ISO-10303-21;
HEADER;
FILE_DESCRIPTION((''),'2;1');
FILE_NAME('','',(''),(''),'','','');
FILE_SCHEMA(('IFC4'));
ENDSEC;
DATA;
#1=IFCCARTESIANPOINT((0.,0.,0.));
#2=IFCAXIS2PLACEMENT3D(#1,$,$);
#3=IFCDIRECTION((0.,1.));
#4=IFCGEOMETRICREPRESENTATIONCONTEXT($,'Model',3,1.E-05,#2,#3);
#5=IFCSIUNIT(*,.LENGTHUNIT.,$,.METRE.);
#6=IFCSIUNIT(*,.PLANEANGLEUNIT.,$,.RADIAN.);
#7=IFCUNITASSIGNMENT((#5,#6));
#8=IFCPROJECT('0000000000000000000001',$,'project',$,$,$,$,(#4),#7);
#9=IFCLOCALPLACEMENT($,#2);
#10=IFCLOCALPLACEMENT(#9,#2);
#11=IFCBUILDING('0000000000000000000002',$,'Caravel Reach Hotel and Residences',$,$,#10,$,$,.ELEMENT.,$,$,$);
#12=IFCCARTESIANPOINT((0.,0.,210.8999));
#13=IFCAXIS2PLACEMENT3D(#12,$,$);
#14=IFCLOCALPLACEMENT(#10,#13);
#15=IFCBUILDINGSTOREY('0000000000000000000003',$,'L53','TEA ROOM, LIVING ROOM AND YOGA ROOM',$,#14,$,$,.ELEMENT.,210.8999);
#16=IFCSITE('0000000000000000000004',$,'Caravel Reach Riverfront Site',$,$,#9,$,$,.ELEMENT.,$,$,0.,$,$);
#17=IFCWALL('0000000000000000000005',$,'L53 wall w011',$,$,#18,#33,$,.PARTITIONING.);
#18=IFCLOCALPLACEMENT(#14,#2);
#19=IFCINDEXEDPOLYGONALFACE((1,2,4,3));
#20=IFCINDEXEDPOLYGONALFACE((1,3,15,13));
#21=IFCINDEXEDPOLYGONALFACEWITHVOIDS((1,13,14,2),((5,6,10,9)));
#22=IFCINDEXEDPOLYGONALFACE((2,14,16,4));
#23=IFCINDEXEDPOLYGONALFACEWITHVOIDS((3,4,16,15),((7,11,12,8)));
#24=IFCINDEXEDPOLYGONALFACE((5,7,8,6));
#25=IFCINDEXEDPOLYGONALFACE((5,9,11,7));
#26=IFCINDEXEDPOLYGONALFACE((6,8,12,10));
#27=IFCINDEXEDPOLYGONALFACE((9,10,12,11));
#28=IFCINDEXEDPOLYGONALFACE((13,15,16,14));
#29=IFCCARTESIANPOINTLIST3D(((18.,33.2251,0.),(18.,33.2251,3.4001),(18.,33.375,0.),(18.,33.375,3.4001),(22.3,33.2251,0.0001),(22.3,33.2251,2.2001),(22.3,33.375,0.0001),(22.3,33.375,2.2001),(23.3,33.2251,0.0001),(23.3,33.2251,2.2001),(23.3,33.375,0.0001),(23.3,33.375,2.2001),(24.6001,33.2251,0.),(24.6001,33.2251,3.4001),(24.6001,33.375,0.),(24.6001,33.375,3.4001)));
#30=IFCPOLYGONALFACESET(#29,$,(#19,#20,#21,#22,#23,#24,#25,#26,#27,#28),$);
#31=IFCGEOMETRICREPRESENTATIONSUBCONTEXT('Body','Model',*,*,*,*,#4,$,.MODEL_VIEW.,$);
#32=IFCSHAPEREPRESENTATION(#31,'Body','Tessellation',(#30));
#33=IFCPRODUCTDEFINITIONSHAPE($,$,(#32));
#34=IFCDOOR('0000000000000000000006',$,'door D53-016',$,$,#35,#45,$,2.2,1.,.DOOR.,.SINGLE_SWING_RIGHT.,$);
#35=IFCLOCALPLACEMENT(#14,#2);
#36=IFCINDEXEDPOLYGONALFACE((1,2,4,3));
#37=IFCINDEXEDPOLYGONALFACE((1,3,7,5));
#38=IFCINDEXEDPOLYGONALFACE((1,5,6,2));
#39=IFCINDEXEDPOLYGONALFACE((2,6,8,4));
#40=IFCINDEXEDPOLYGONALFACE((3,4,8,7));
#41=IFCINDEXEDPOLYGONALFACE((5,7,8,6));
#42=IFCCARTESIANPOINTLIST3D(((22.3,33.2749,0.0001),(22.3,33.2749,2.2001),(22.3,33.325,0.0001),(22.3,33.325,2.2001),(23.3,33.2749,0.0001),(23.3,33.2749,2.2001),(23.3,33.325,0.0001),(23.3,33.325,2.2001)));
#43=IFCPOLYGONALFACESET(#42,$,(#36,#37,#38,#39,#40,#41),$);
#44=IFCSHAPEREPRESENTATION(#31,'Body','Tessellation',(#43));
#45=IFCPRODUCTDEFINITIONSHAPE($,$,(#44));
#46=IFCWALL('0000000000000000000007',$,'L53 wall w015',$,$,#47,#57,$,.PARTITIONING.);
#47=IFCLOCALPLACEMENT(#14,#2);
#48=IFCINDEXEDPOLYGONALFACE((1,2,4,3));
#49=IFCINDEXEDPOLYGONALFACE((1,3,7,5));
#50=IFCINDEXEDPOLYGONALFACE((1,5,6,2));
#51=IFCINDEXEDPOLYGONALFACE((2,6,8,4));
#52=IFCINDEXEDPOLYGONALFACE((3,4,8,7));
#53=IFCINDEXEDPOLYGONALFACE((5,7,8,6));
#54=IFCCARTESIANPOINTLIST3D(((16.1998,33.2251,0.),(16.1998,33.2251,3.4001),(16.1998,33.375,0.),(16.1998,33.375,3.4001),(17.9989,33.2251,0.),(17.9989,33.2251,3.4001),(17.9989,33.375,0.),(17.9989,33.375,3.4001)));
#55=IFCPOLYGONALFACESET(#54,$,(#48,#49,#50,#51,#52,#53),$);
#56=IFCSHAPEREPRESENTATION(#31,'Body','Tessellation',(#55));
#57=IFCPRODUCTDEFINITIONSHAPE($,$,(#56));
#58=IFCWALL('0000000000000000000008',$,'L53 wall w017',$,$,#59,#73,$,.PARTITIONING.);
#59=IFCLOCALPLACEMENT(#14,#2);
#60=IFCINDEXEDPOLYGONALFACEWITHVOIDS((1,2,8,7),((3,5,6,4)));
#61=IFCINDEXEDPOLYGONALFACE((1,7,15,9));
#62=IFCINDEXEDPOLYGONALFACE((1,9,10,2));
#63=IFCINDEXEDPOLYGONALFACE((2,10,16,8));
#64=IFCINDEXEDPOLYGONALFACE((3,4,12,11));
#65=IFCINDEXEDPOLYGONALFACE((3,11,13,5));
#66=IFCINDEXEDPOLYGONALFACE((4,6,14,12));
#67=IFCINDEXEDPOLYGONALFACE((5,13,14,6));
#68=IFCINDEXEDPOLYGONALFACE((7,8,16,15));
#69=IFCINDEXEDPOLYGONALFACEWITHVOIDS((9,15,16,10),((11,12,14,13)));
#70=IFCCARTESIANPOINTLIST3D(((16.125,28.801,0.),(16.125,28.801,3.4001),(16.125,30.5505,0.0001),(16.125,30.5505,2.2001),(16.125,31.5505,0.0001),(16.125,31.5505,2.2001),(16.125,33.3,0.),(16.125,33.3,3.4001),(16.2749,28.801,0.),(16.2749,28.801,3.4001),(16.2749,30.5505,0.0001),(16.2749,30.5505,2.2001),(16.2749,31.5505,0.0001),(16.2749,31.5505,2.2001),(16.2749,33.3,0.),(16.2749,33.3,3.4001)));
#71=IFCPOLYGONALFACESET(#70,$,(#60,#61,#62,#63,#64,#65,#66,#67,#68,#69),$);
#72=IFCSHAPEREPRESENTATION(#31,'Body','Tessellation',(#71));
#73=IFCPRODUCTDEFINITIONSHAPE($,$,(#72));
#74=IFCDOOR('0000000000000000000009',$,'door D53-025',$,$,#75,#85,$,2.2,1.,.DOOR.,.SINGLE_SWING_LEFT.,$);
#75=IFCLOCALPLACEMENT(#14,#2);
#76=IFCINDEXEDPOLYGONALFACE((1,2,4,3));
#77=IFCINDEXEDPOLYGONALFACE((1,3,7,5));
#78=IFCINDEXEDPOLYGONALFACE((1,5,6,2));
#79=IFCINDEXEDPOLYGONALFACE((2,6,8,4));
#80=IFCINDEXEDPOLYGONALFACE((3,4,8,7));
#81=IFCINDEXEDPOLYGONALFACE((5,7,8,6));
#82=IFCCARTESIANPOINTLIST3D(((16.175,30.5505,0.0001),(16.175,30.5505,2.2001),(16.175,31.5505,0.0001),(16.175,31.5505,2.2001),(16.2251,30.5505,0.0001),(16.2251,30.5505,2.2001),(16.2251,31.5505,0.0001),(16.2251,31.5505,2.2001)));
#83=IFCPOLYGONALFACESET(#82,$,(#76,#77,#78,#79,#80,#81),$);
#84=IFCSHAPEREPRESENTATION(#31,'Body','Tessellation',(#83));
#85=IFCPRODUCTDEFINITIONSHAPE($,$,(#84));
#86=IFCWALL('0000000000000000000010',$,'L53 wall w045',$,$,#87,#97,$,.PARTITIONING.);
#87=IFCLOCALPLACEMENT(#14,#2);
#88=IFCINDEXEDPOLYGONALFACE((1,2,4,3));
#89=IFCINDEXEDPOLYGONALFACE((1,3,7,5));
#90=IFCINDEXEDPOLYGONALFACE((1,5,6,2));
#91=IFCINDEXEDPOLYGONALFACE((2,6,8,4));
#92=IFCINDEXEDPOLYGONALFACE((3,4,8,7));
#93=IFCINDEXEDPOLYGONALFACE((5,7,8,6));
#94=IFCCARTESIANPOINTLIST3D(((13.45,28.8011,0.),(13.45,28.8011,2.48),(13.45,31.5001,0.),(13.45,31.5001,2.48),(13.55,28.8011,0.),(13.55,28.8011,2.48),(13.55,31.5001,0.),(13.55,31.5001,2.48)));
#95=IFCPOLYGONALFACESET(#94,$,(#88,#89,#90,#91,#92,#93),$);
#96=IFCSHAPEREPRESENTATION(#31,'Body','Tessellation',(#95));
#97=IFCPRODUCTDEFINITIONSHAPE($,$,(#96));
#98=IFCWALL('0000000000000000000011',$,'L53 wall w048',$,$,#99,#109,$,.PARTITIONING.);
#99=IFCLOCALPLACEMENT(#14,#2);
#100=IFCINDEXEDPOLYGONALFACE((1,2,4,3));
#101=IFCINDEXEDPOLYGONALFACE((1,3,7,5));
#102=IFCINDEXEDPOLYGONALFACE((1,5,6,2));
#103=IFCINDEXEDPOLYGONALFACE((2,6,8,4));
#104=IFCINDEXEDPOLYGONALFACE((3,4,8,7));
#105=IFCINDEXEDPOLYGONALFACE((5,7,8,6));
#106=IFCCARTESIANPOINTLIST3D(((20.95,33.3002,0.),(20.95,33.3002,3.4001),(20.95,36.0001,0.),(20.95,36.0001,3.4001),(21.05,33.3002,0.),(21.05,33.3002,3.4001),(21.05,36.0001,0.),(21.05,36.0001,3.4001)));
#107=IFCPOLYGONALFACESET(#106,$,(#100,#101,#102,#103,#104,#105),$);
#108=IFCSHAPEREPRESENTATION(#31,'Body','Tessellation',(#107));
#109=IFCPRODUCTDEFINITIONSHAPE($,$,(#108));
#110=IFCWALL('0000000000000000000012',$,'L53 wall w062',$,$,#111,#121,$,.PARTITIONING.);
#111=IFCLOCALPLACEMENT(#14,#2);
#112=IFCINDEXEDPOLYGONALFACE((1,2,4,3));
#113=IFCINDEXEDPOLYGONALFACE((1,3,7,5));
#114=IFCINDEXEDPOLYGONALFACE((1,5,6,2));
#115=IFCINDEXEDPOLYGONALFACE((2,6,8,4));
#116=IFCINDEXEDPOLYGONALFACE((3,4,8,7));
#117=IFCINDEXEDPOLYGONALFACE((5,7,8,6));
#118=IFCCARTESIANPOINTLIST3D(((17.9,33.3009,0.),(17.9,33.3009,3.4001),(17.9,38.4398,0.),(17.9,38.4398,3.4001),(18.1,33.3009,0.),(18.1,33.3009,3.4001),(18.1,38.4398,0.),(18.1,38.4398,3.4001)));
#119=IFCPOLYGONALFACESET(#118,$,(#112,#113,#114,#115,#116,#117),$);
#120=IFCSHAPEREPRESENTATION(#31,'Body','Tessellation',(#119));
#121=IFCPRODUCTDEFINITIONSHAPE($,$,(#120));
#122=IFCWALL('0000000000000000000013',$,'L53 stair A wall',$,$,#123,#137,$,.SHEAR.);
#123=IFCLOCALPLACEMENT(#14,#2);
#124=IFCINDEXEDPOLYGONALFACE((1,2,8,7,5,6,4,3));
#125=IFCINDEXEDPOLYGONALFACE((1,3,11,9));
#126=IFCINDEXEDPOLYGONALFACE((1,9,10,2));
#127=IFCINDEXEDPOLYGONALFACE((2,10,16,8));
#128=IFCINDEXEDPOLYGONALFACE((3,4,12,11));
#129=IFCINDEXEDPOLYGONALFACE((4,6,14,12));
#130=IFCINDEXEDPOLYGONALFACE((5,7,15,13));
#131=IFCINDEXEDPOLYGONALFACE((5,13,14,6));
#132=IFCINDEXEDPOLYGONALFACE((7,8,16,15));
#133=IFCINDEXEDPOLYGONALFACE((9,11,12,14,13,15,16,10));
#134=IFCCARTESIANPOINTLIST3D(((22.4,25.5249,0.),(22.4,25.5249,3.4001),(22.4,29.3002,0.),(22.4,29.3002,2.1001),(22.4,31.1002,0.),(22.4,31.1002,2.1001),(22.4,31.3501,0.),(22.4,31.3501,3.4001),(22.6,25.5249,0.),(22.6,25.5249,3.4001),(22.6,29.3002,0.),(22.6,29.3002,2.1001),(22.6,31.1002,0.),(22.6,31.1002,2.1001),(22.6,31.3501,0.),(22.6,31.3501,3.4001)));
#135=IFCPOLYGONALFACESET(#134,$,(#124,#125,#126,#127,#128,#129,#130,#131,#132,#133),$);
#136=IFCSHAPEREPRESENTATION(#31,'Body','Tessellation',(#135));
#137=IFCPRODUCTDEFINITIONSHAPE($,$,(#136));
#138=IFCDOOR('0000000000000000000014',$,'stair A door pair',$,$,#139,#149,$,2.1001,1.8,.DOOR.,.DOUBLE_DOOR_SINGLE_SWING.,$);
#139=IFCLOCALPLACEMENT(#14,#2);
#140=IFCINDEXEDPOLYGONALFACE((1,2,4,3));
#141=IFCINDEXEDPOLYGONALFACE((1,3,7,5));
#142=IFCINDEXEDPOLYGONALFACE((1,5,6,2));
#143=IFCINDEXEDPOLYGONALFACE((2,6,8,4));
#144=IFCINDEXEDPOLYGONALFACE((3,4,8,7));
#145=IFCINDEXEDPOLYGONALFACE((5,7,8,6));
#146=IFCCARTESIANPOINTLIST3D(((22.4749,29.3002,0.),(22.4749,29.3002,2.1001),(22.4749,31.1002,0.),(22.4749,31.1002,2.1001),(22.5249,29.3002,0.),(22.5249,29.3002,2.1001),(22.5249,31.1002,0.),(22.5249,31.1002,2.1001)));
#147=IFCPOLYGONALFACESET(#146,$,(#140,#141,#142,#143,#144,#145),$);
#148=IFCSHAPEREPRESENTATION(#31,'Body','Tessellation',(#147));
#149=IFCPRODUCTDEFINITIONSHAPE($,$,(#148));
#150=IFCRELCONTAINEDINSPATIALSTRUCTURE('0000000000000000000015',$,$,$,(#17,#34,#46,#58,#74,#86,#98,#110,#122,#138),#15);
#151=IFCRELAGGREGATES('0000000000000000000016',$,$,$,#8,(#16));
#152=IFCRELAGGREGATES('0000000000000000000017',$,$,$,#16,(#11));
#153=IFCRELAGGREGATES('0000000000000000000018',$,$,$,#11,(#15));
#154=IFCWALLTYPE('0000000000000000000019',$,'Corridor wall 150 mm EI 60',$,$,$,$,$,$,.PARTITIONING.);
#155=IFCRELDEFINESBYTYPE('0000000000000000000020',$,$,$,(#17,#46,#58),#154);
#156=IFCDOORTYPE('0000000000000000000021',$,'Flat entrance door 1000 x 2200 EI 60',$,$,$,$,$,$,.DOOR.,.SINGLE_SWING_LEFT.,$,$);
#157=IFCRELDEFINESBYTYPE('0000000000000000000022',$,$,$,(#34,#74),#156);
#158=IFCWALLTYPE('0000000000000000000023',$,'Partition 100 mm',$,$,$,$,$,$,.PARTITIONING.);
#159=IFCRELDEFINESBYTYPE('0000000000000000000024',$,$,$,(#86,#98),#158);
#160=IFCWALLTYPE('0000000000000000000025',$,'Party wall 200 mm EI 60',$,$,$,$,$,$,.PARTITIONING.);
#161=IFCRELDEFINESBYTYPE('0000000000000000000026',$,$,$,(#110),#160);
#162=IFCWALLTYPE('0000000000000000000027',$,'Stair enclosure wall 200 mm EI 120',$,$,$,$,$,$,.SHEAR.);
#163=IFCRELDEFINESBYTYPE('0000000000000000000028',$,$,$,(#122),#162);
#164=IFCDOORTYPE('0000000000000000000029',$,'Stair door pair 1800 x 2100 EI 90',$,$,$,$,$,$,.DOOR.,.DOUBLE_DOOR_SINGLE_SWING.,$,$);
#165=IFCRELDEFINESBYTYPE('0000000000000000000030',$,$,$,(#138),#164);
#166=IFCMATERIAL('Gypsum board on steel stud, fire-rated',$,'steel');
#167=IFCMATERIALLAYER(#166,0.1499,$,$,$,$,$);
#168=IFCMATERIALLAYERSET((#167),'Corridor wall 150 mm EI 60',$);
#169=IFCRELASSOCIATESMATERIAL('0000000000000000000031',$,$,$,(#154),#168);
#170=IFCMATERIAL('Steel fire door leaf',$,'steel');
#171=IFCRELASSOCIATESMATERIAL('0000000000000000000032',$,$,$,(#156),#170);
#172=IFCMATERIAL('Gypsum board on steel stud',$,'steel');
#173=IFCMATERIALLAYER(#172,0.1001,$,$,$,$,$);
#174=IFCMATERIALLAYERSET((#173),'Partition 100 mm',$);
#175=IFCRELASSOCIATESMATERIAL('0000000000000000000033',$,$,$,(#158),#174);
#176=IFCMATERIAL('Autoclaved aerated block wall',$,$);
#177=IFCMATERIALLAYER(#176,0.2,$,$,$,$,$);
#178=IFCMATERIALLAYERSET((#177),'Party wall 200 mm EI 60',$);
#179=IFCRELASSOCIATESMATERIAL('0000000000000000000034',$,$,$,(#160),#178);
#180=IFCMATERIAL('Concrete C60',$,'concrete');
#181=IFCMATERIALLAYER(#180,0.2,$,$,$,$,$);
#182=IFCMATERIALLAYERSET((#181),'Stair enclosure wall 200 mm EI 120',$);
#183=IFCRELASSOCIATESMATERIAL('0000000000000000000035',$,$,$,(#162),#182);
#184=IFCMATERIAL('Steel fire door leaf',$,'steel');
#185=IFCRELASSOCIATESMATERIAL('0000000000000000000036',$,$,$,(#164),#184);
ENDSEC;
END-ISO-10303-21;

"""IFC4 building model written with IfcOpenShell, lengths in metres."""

from ifc_helpers import new_model, si_unit, direction, frame, frame_2d, origin, place, context, subcontext, project, spatial, rectangle, extrude, material, layer, layer_set, type_object, element, fill, save


model = new_model("IFC4")

# Units and contexts
model_context = context("Model", 3, precision=1e-05, world=origin(), true_north=direction((0.0, 1.0)))
body_context = subcontext(model_context, "Body", "Model", "MODEL_VIEW")
ifc_project = project(units=[si_unit("LENGTHUNIT", "METRE"), si_unit("PLANEANGLEUNIT", "RADIAN")], contexts=[model_context])

# Site, building, storey
site_placement = place(None, origin())
site = spatial("IfcSite", under=ifc_project, at=site_placement, Name="Caravel Reach Riverfront Site", CompositionType="ELEMENT", RefElevation=0.0)
building_placement = place(site_placement, origin())
building = spatial("IfcBuilding", under=site, at=building_placement, Name="Caravel Reach Hotel and Residences", CompositionType="ELEMENT")
storey_placement = place(building_placement, frame((0.0, 0.0, 210.8999)))
storey = spatial("IfcBuildingStorey", under=building, at=storey_placement, Name="L53", Description="TEA ROOM, LIVING ROOM AND YOGA ROOM", CompositionType="ELEMENT", Elevation=210.8999)

# Wall, opening, door
ifc_material_1 = material(Name="Gypsum board on steel stud, fire-rated", Category="steel")
ifc_layer_1 = layer(ifc_material_1, 0.1499)
ifc_layer_set_1 = layer_set([ifc_layer_1], Name="Corridor wall 150 mm EI 60")
wall_type_1 = type_object("IfcWallType", Name="Corridor wall 150 mm EI 60", PredefinedType="PARTITIONING", material=ifc_layer_set_1)
wall_1_placement = place(storey_placement, frame((18.0, 33.3, 0.0), z_axis=(0.0, 0.0, 1.0), x_axis=(1.0, 0.0, 0.0)))
wall_1 = element("IfcWall", 1, at=wall_1_placement, inside=storey, type_object=wall_type_1, Name="L53 wall w011", PredefinedType="PARTITIONING", context=body_context, shape_type="SweptSolid", body=[
    extrude(rectangle(XDim=6.6001, YDim=0.1499, at=frame_2d((3.3, 0.0))), origin(), (0.0, 0.0, 1.0), 3.4001),
])
opening_1_placement = place(wall_1_placement, frame((4.3, 0.0, 0.0)))
opening_1 = element("IfcOpeningElement", 2, at=opening_1_placement, cuts=wall_1, PredefinedType="OPENING", context=body_context, shape_type="SweptSolid", body=[
    extrude(rectangle(XDim=1.0, YDim=2.2, at=frame_2d((0.5, 1.1001))), frame((0.0, 0.085, 0.0), z_axis=(0.0, -1.0, 0.0), x_axis=(1.0, 0.0, 0.0)), (0.0, 0.0, 1.0), 0.1699),
])
ifc_material_2 = material(Name="Steel fire door leaf", Category="steel")
door_type_1 = type_object("IfcDoorType", Name="Flat entrance door 1000 x 2200 EI 60", OperationType="SINGLE_SWING_LEFT", PredefinedType="DOOR", material=ifc_material_2)
door_1_placement = place(opening_1_placement, origin())
door_1 = element("IfcDoor", 3, at=door_1_placement, inside=storey, type_object=door_type_1, Name="door D53-016", OperationType="SINGLE_SWING_RIGHT", OverallHeight=2.2, OverallWidth=1.0, PredefinedType="DOOR", context=body_context, shape_type="SweptSolid", body=[
    extrude(rectangle(XDim=1.0, YDim=2.2, at=frame_2d((0.5, 1.1001))), frame((0.0, 0.0249, 0.0), z_axis=(0.0, -1.0, 0.0), x_axis=(1.0, 0.0, 0.0)), (0.0, 0.0, 1.0), 0.05),
])
fill(opening_1, door_1)

# Wall
wall_2_placement = place(storey_placement, frame((16.2, 33.3, 0.0), z_axis=(0.0, 0.0, 1.0), x_axis=(1.0, 0.0, 0.0)))
element("IfcWall", 4, at=wall_2_placement, inside=storey, type_object=wall_type_1, Name="L53 wall w015", PredefinedType="PARTITIONING", context=body_context, shape_type="SweptSolid", body=[
    extrude(rectangle(XDim=1.7991, YDim=0.1499, at=frame_2d((0.8994, 0.0))), origin(), (0.0, 0.0, 1.0), 3.4001),
])

# Wall, opening, door
wall_3_placement = place(storey_placement, frame((16.2, 28.801, 0.0), z_axis=(0.0, 0.0, 1.0), x_axis=(0.0, 1.0, 0.0)))
wall_3 = element("IfcWall", 5, at=wall_3_placement, inside=storey, type_object=wall_type_1, Name="L53 wall w017", PredefinedType="PARTITIONING", context=body_context, shape_type="SweptSolid", body=[
    extrude(rectangle(XDim=4.499, YDim=0.1499, at=frame_2d((2.2495, 0.0))), origin(), (0.0, 0.0, 1.0), 3.4001),
])
opening_2_placement = place(wall_3_placement, frame((1.7495, 0.0, 0.0)))
opening_2 = element("IfcOpeningElement", 6, at=opening_2_placement, cuts=wall_3, PredefinedType="OPENING", context=body_context, shape_type="SweptSolid", body=[
    extrude(rectangle(XDim=1.0, YDim=2.2, at=frame_2d((0.5, 1.1001))), frame((0.0, 0.085, 0.0), z_axis=(0.0, -1.0, 0.0), x_axis=(1.0, 0.0, 0.0)), (0.0, 0.0, 1.0), 0.1699),
])
door_2_placement = place(opening_2_placement, origin())
door_2 = element("IfcDoor", 7, at=door_2_placement, inside=storey, type_object=door_type_1, Name="door D53-025", OperationType="SINGLE_SWING_LEFT", OverallHeight=2.2, OverallWidth=1.0, PredefinedType="DOOR", context=body_context, shape_type="SweptSolid", body=[
    extrude(rectangle(XDim=1.0, YDim=2.2, at=frame_2d((0.5, 1.1001))), frame((0.0, 0.0249, 0.0), z_axis=(0.0, -1.0, 0.0), x_axis=(1.0, 0.0, 0.0)), (0.0, 0.0, 1.0), 0.05),
])
fill(opening_2, door_2)

# Walls
ifc_material_3 = material(Name="Gypsum board on steel stud", Category="steel")
ifc_layer_2 = layer(ifc_material_3, 0.1001)
ifc_layer_set_2 = layer_set([ifc_layer_2], Name="Partition 100 mm")
wall_type_2 = type_object("IfcWallType", Name="Partition 100 mm", PredefinedType="PARTITIONING", material=ifc_layer_set_2)
wall_4_placement = place(storey_placement, frame((13.5, 28.801, 0.0), z_axis=(0.0, 0.0, 1.0), x_axis=(0.0, 1.0, 0.0)))
element("IfcWall", 8, at=wall_4_placement, inside=storey, type_object=wall_type_2, Name="L53 wall w045", PredefinedType="PARTITIONING", context=body_context, shape_type="SweptSolid", body=[
    extrude(rectangle(XDim=2.699, YDim=0.1001, at=frame_2d((1.3496, 0.0))), origin(), (0.0, 0.0, 1.0), 2.48),
])
wall_5_placement = place(storey_placement, frame((21.0, 33.3, 0.0), z_axis=(0.0, 0.0, 1.0), x_axis=(0.0, 1.0, 0.0)))
element("IfcWall", 9, at=wall_5_placement, inside=storey, type_object=wall_type_2, Name="L53 wall w048", PredefinedType="PARTITIONING", context=body_context, shape_type="SweptSolid", body=[
    extrude(rectangle(XDim=2.7, YDim=0.1001, at=frame_2d((1.3501, 0.0))), origin(), (0.0, 0.0, 1.0), 3.4001),
])
ifc_material_4 = material(Name="Autoclaved aerated block wall")
ifc_layer_3 = layer(ifc_material_4, 0.2)
ifc_layer_set_3 = layer_set([ifc_layer_3], Name="Party wall 200 mm EI 60")
wall_type_3 = type_object("IfcWallType", Name="Party wall 200 mm EI 60", PredefinedType="PARTITIONING", material=ifc_layer_set_3)
wall_6_placement = place(storey_placement, frame((18.0, 33.301, 0.0), z_axis=(0.0, 0.0, 1.0), x_axis=(0.0, 1.0, 0.0)))
element("IfcWall", 10, at=wall_6_placement, inside=storey, type_object=wall_type_3, Name="L53 wall w062", PredefinedType="PARTITIONING", context=body_context, shape_type="SweptSolid", body=[
    extrude(rectangle(XDim=5.1389, YDim=0.2, at=frame_2d((2.5693, 0.0))), origin(), (0.0, 0.0, 1.0), 3.4001),
])

# Wall, opening, door
ifc_material_5 = material(Name="Concrete C60", Category="concrete")
ifc_layer_4 = layer(ifc_material_5, 0.2)
ifc_layer_set_4 = layer_set([ifc_layer_4], Name="Stair enclosure wall 200 mm EI 120")
wall_type_4 = type_object("IfcWallType", Name="Stair enclosure wall 200 mm EI 120", PredefinedType="SHEAR", material=ifc_layer_set_4)
wall_7_placement = place(storey_placement, frame((22.5, 31.3501, 0.0), z_axis=(0.0, 0.0, 1.0), x_axis=(0.0, -1.0, 0.0)))
wall_7 = element("IfcWall", 11, at=wall_7_placement, inside=storey, type_object=wall_type_4, Name="L53 stair A wall", PredefinedType="SHEAR", context=body_context, shape_type="SweptSolid", body=[
    extrude(rectangle(XDim=5.8252, YDim=0.2, at=frame_2d((2.9126, 0.0))), origin(), (0.0, 0.0, 1.0), 3.4001),
])
opening_3_placement = place(wall_7_placement, frame((0.25, 0.0, 0.0)))
opening_3 = element("IfcOpeningElement", 12, at=opening_3_placement, cuts=wall_7, PredefinedType="OPENING", context=body_context, shape_type="SweptSolid", body=[
    extrude(rectangle(XDim=1.8, YDim=2.1001, at=frame_2d((0.8999, 1.05))), frame((0.0, 0.1099, 0.0), z_axis=(0.0, -1.0, 0.0), x_axis=(1.0, 0.0, 0.0)), (0.0, 0.0, 1.0), 0.22),
])
ifc_material_6 = material(Name="Steel fire door leaf", Category="steel")
door_type_2 = type_object("IfcDoorType", Name="Stair door pair 1800 x 2100 EI 90", OperationType="DOUBLE_DOOR_SINGLE_SWING", PredefinedType="DOOR", material=ifc_material_6)
door_3_placement = place(opening_3_placement, origin())
door_3 = element("IfcDoor", 13, at=door_3_placement, inside=storey, type_object=door_type_2, Name="stair A door pair", OperationType="DOUBLE_DOOR_SINGLE_SWING", OverallHeight=2.1001, OverallWidth=1.8, PredefinedType="DOOR", context=body_context, shape_type="SweptSolid", body=[
    extrude(rectangle(XDim=1.8, YDim=2.1001, at=frame_2d((0.8999, 1.05))), frame((0.0, 0.0249, 0.0), z_axis=(0.0, -1.0, 0.0), x_axis=(1.0, 0.0, 0.0)), (0.0, 0.0, 1.0), 0.05),
])
fill(opening_3, door_3)

save(model, "model.ifc")
